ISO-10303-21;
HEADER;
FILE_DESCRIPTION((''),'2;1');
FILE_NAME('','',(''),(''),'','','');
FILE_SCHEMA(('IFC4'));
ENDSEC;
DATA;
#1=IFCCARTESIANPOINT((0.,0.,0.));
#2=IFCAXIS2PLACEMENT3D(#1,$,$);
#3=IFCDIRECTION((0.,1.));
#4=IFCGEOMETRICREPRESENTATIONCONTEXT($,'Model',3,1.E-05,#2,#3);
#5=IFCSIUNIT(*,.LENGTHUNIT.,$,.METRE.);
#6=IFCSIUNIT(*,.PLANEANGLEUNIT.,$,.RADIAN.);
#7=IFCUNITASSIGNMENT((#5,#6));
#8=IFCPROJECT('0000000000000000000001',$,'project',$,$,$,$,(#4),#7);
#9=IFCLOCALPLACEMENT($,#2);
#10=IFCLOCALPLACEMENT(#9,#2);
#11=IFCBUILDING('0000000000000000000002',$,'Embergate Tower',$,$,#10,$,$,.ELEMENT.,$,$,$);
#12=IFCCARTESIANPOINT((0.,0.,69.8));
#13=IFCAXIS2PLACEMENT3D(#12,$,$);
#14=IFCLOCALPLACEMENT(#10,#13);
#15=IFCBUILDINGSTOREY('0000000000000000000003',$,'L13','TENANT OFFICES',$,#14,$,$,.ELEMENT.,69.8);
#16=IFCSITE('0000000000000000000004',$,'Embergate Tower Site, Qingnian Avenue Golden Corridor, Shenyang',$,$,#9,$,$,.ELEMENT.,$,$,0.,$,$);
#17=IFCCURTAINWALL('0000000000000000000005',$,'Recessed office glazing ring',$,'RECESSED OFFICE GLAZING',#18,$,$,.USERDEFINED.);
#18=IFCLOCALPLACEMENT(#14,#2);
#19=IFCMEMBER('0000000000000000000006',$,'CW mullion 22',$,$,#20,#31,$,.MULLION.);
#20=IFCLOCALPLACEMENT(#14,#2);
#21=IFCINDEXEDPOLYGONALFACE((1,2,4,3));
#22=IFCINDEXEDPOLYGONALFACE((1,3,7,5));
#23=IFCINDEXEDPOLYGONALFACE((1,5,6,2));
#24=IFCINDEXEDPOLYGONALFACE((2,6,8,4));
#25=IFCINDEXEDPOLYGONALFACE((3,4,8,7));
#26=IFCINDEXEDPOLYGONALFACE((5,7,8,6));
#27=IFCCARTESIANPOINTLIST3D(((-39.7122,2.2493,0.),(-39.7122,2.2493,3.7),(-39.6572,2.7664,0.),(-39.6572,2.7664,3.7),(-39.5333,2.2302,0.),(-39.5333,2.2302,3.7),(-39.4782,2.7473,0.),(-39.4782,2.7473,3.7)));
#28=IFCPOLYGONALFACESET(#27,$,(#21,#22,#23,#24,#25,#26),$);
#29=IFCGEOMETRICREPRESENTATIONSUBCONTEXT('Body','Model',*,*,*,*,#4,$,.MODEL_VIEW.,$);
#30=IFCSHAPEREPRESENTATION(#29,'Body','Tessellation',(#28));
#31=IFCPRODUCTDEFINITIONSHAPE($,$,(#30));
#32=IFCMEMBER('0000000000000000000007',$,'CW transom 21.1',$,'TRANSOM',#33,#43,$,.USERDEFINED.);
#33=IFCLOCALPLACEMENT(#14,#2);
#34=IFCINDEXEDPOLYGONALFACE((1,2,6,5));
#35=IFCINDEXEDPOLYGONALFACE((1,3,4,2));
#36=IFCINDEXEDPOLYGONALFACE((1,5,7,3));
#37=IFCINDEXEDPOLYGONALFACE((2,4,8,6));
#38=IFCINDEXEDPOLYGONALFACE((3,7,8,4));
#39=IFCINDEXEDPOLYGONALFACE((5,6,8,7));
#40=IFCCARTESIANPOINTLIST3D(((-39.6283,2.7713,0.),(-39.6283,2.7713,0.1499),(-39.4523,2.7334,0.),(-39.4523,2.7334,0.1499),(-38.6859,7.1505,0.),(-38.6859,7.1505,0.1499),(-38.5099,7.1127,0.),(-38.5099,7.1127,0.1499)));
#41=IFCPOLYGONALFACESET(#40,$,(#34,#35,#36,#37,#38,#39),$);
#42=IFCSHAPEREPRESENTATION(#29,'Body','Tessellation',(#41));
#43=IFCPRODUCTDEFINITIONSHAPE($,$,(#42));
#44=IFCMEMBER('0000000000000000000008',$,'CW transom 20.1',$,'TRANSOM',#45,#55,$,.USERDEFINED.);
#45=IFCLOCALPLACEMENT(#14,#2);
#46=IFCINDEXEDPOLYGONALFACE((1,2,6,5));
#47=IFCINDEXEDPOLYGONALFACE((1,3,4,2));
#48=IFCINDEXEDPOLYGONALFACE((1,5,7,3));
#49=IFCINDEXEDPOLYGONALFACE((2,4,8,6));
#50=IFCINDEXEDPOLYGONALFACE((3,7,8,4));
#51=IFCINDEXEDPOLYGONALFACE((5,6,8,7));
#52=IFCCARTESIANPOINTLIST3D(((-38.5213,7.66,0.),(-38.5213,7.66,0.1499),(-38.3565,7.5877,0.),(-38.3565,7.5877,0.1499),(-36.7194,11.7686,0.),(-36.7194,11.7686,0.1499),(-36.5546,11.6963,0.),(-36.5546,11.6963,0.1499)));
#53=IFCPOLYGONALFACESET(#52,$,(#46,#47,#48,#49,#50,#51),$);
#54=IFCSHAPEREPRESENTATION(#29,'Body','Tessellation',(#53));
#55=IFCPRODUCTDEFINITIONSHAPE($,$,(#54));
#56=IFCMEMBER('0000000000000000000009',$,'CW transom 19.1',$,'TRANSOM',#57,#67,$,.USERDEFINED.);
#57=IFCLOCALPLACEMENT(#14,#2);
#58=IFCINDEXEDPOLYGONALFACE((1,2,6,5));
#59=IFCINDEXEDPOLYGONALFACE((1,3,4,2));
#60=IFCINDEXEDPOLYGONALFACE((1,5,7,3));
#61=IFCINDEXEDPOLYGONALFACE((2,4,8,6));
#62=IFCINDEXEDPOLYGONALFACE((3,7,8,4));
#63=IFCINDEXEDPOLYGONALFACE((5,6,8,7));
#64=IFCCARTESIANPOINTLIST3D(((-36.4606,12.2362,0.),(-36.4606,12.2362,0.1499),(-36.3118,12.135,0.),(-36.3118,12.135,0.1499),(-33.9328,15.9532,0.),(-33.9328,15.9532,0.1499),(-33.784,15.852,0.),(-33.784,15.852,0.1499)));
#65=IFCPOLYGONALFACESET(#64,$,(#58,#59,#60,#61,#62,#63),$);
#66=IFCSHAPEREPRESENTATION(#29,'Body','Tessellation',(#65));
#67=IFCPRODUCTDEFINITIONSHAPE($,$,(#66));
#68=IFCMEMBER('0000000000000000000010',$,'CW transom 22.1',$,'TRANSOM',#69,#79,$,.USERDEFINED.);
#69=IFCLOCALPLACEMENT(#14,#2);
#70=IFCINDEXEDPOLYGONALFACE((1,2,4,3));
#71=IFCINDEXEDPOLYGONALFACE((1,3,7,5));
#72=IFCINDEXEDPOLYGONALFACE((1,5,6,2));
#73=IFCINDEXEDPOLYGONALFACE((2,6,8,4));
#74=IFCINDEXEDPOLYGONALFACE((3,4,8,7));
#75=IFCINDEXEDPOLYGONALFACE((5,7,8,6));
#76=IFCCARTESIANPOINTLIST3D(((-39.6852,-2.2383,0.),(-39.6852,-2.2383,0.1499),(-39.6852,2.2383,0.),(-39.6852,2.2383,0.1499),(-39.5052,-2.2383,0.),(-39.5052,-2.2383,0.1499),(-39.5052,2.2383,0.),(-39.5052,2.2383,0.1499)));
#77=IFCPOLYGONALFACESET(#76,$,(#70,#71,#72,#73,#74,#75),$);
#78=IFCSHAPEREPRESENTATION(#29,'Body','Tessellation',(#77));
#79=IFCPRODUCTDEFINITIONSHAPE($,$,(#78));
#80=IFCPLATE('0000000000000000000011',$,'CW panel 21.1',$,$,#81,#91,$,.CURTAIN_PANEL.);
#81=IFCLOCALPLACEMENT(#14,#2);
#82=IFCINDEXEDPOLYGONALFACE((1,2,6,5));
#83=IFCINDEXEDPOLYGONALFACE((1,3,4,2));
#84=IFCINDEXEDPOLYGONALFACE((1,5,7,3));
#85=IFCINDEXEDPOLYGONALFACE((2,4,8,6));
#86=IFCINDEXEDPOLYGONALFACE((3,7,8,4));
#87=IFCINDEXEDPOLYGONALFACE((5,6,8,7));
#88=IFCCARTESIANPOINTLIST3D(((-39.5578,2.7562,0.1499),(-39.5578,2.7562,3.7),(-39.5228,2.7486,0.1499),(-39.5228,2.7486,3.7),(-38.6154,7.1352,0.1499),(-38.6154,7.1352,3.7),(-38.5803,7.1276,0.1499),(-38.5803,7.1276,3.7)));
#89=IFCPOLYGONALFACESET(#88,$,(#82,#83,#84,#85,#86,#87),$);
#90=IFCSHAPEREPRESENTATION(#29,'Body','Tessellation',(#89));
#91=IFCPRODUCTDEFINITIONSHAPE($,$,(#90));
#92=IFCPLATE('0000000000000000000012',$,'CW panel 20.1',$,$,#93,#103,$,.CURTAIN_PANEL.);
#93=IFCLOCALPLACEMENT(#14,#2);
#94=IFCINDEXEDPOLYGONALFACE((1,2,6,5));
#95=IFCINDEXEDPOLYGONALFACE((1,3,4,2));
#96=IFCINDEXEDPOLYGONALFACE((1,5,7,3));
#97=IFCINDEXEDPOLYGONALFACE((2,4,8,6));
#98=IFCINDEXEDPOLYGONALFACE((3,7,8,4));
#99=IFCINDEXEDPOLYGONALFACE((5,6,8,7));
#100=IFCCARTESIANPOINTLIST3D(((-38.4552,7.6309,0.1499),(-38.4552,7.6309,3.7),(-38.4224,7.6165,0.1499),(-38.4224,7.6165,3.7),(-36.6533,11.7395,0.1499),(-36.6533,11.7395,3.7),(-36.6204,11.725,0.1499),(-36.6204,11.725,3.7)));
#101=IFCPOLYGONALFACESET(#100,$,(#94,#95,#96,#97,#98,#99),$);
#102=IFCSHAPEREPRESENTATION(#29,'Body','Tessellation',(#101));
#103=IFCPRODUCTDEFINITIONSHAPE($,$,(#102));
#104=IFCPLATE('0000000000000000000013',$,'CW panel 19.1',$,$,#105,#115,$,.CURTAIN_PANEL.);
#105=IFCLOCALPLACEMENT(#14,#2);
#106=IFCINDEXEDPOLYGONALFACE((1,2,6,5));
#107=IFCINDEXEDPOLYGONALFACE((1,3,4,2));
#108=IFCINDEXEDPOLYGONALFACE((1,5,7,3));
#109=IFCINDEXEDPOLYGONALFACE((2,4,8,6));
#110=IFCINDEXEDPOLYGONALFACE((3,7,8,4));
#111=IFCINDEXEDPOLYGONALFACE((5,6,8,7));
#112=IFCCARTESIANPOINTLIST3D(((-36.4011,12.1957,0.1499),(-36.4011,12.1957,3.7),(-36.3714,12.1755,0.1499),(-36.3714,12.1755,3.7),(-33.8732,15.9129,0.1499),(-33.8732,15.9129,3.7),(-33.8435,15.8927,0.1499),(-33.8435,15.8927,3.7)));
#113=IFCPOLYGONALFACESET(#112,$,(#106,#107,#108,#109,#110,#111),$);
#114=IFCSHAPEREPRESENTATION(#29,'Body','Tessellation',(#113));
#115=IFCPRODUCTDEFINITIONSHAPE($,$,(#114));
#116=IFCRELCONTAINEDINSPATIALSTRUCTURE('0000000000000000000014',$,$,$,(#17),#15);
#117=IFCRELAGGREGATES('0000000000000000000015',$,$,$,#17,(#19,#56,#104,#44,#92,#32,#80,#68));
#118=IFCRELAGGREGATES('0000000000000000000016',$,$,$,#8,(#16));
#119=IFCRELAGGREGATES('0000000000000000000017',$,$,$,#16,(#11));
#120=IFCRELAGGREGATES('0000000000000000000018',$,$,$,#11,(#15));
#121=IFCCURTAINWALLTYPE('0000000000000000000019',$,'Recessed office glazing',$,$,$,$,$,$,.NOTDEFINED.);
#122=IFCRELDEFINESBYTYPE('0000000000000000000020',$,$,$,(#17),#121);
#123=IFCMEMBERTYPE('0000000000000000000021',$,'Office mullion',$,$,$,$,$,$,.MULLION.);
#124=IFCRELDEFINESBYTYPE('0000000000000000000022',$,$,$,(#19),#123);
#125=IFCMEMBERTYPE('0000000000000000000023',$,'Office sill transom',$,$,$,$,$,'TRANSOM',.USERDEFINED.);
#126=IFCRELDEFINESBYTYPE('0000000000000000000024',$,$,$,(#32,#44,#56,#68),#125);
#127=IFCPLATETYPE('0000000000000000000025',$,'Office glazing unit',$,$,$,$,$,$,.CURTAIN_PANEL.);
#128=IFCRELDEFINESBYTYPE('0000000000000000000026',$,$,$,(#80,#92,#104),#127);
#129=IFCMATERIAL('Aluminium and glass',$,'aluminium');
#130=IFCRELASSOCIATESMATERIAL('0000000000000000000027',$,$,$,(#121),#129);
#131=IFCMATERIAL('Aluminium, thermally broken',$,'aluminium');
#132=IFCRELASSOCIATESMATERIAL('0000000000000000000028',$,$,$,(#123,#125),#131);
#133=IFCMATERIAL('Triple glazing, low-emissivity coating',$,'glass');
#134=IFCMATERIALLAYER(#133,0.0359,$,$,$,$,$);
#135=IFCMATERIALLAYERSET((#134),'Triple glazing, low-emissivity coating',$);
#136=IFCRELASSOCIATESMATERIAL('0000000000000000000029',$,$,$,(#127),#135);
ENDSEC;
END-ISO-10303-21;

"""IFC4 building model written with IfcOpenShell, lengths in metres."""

from ifc_helpers import new_model, si_unit, direction, frame, origin, origin_2d, place, context, subcontext, project, spatial, rectangle, extrude, source, transform, mapped, material, layer, layer_set, material_profile, profile_set, type_object, element, aggregate, save


model = new_model("IFC4")

# Units and contexts
model_context = context("Model", 3, precision=1e-05, world=origin(), true_north=direction((0.0, 1.0)))
body_context = subcontext(model_context, "Body", "Model", "MODEL_VIEW")
ifc_project = project(units=[si_unit("LENGTHUNIT", "METRE"), si_unit("PLANEANGLEUNIT", "RADIAN")], contexts=[model_context])

# Site, building, storey
site_placement = place(None, origin())
site = spatial("IfcSite", under=ifc_project, at=site_placement, Name="Embergate Tower Site, Qingnian Avenue Golden Corridor, Shenyang", CompositionType="ELEMENT", RefElevation=0.0)
building_placement = place(site_placement, origin())
building = spatial("IfcBuilding", under=site, at=building_placement, Name="Embergate Tower", CompositionType="ELEMENT")
storey_placement = place(building_placement, frame((0.0, 0.0, 69.8)))
storey = spatial("IfcBuildingStorey", under=building, at=storey_placement, Name="L13", Description="TENANT OFFICES", CompositionType="ELEMENT", Elevation=69.8)

# Curtain wall, members, plates
ifc_material_1 = material(Name="Aluminium and glass", Category="aluminium")
curtain_wall_type = type_object("IfcCurtainWallType", Name="Recessed office glazing", PredefinedType="NOTDEFINED", material=ifc_material_1)
curtain_wall_placement = place(storey_placement, origin())
curtain_wall = element("IfcCurtainWall", 1, at=curtain_wall_placement, inside=storey, type_object=curtain_wall_type, Name="Recessed office glazing ring", ObjectType="RECESSED OFFICE GLAZING", PredefinedType="USERDEFINED")
ifc_material_2 = material(Name="Aluminium, thermally broken", Category="aluminium")
ifc_material_profile_1 = material_profile(ifc_material_2, rectangle(XDim=0.1799, YDim=0.52, at=origin_2d()), Name="AL 520x180")
ifc_profile_set_1 = profile_set([ifc_material_profile_1], Name="Aluminium, thermally broken")
member_type_1 = type_object("IfcMemberType", Name="Office mullion", PredefinedType="MULLION", material=ifc_profile_set_1)
shared_shape_1 = source(origin(), body_context, "Body", "SweptSolid", [
    extrude(rectangle(XDim=0.1799, YDim=0.52, at=origin_2d()), origin(), (0.0, 0.0, 1.0), 3.7),
])
member_1_placement = place(storey_placement, frame((-39.5952, 2.4983, 0.0), z_axis=(0.0, 0.0, 1.0), x_axis=(0.994385, -0.10582, 0.0)))
member_1 = element("IfcMember", 2, at=member_1_placement, type_object=member_type_1, Name="CW mullion 22", PredefinedType="MULLION", context=body_context, shape_type="MappedRepresentation", body=[
    mapped(shared_shape_1, transform((0.0, 0.0, 0.0))),
])
ifc_material_profile_2 = material_profile(ifc_material_2, rectangle(XDim=0.1799, YDim=0.1499, at=origin_2d()), Name="AL 150x180")
ifc_profile_set_2 = profile_set([ifc_material_profile_2], Name="Aluminium, thermally broken")
member_type_2 = type_object("IfcMemberType", Name="Office sill transom", ElementType="TRANSOM", PredefinedType="USERDEFINED", material=ifc_profile_set_2)
shared_shape_2 = source(origin(), body_context, "Body", "SweptSolid", [
    extrude(rectangle(XDim=0.1799, YDim=0.1499, at=origin_2d()), origin(), (0.0, 0.0, 1.0), 4.4795),
])
member_2_placement = place(storey_placement, frame((-38.5979, 7.1316, 0.075), z_axis=(-0.210381, -0.977619, 0.0), x_axis=(0.977619, -0.210381, 0.0)))
member_2 = element("IfcMember", 3, at=member_2_placement, type_object=member_type_2, Name="CW transom 21.1", ObjectType="TRANSOM", PredefinedType="USERDEFINED", context=body_context, shape_type="MappedRepresentation", body=[
    mapped(shared_shape_2, transform((0.0, 0.0, 0.0))),
])
shared_shape_3 = source(origin(), body_context, "Body", "SweptSolid", [
    extrude(rectangle(XDim=0.1799, YDim=0.1499, at=origin_2d()), origin(), (0.0, 0.0, 1.0), 4.4863),
])
member_3_placement = place(storey_placement, frame((-36.637, 11.7324, 0.075), z_axis=(-0.401655, -0.915791, 0.0), x_axis=(0.915791, -0.401655, 0.0)))
member_3 = element("IfcMember", 4, at=member_3_placement, type_object=member_type_2, Name="CW transom 20.1", ObjectType="TRANSOM", PredefinedType="USERDEFINED", context=body_context, shape_type="MappedRepresentation", body=[
    mapped(shared_shape_3, transform((0.0, 0.0, 0.0))),
])
shared_shape_4 = source(origin(), body_context, "Body", "SweptSolid", [
    extrude(rectangle(XDim=0.1799, YDim=0.1499, at=origin_2d()), origin(), (0.0, 0.0, 1.0), 4.4951),
])
member_4_placement = place(storey_placement, frame((-33.8584, 15.9026, 0.075), z_axis=(-0.562347, -0.826901, 0.0), x_axis=(0.826901, -0.562347, 0.0)))
member_4 = element("IfcMember", 5, at=member_4_placement, type_object=member_type_2, Name="CW transom 19.1", ObjectType="TRANSOM", PredefinedType="USERDEFINED", context=body_context, shape_type="MappedRepresentation", body=[
    mapped(shared_shape_4, transform((0.0, 0.0, 0.0))),
])
shared_shape_5 = source(origin(), body_context, "Body", "SweptSolid", [
    extrude(rectangle(XDim=0.1799, YDim=0.1499, at=origin_2d()), origin(), (0.0, 0.0, 1.0), 4.4766),
])
member_5_placement = place(storey_placement, frame((-39.5952, 2.2383, 0.075), z_axis=(0.0, -1.0, 0.0), x_axis=(1.0, 0.0, 0.0)))
member_5 = element("IfcMember", 6, at=member_5_placement, type_object=member_type_2, Name="CW transom 22.1", ObjectType="TRANSOM", PredefinedType="USERDEFINED", context=body_context, shape_type="MappedRepresentation", body=[
    mapped(shared_shape_5, transform((0.0, 0.0, 0.0))),
])
ifc_material_3 = material(Name="Triple glazing, low-emissivity coating", Category="glass")
ifc_layer_1 = layer(ifc_material_3, 0.0359)
ifc_layer_set_1 = layer_set([ifc_layer_1], Name="Triple glazing, low-emissivity coating")
plate_type = type_object("IfcPlateType", Name="Office glazing unit", PredefinedType="CURTAIN_PANEL", material=ifc_layer_set_1)
shared_shape_6 = source(origin(), body_context, "Body", "SweptSolid", [
    extrude(rectangle(XDim=4.4792, YDim=0.0359, at=origin_2d()), origin(), (0.0, 0.0, 1.0), 3.55),
])
plate_1_placement = place(storey_placement, frame((-39.0691, 4.9419, 0.1499), z_axis=(0.0, 0.0, 1.0), x_axis=(-0.210395, -0.977616, 0.0)))
plate_1 = element("IfcPlate", 7, at=plate_1_placement, type_object=plate_type, Name="CW panel 21.1", PredefinedType="CURTAIN_PANEL", context=body_context, shape_type="MappedRepresentation", body=[
    mapped(shared_shape_6, transform((0.0, 0.0, 0.0))),
])
shared_shape_7 = source(origin(), body_context, "Body", "SweptSolid", [
    extrude(rectangle(XDim=4.4863, YDim=0.0359, at=origin_2d()), origin(), (0.0, 0.0, 1.0), 3.55),
])
plate_2_placement = place(storey_placement, frame((-37.5378, 9.678, 0.1499), z_axis=(0.0, 0.0, 1.0), x_axis=(-0.401647, -0.915794, 0.0)))
plate_2 = element("IfcPlate", 8, at=plate_2_placement, type_object=plate_type, Name="CW panel 20.1", PredefinedType="CURTAIN_PANEL", context=body_context, shape_type="MappedRepresentation", body=[
    mapped(shared_shape_7, transform((0.0, 0.0, 0.0))),
])
shared_shape_8 = source(origin(), body_context, "Body", "SweptSolid", [
    extrude(rectangle(XDim=4.4954, YDim=0.0359, at=origin_2d()), origin(), (0.0, 0.0, 1.0), 3.55),
])
plate_3_placement = place(storey_placement, frame((-35.1223, 14.0442, 0.1499), z_axis=(0.0, 0.0, 1.0), x_axis=(-0.562337, -0.826908, 0.0)))
plate_3 = element("IfcPlate", 9, at=plate_3_placement, type_object=plate_type, Name="CW panel 19.1", PredefinedType="CURTAIN_PANEL", context=body_context, shape_type="MappedRepresentation", body=[
    mapped(shared_shape_8, transform((0.0, 0.0, 0.0))),
])
aggregate(curtain_wall, [member_1, member_4, plate_3, member_3, plate_2, member_2, plate_1, member_5])

save(model, "model.ifc")
